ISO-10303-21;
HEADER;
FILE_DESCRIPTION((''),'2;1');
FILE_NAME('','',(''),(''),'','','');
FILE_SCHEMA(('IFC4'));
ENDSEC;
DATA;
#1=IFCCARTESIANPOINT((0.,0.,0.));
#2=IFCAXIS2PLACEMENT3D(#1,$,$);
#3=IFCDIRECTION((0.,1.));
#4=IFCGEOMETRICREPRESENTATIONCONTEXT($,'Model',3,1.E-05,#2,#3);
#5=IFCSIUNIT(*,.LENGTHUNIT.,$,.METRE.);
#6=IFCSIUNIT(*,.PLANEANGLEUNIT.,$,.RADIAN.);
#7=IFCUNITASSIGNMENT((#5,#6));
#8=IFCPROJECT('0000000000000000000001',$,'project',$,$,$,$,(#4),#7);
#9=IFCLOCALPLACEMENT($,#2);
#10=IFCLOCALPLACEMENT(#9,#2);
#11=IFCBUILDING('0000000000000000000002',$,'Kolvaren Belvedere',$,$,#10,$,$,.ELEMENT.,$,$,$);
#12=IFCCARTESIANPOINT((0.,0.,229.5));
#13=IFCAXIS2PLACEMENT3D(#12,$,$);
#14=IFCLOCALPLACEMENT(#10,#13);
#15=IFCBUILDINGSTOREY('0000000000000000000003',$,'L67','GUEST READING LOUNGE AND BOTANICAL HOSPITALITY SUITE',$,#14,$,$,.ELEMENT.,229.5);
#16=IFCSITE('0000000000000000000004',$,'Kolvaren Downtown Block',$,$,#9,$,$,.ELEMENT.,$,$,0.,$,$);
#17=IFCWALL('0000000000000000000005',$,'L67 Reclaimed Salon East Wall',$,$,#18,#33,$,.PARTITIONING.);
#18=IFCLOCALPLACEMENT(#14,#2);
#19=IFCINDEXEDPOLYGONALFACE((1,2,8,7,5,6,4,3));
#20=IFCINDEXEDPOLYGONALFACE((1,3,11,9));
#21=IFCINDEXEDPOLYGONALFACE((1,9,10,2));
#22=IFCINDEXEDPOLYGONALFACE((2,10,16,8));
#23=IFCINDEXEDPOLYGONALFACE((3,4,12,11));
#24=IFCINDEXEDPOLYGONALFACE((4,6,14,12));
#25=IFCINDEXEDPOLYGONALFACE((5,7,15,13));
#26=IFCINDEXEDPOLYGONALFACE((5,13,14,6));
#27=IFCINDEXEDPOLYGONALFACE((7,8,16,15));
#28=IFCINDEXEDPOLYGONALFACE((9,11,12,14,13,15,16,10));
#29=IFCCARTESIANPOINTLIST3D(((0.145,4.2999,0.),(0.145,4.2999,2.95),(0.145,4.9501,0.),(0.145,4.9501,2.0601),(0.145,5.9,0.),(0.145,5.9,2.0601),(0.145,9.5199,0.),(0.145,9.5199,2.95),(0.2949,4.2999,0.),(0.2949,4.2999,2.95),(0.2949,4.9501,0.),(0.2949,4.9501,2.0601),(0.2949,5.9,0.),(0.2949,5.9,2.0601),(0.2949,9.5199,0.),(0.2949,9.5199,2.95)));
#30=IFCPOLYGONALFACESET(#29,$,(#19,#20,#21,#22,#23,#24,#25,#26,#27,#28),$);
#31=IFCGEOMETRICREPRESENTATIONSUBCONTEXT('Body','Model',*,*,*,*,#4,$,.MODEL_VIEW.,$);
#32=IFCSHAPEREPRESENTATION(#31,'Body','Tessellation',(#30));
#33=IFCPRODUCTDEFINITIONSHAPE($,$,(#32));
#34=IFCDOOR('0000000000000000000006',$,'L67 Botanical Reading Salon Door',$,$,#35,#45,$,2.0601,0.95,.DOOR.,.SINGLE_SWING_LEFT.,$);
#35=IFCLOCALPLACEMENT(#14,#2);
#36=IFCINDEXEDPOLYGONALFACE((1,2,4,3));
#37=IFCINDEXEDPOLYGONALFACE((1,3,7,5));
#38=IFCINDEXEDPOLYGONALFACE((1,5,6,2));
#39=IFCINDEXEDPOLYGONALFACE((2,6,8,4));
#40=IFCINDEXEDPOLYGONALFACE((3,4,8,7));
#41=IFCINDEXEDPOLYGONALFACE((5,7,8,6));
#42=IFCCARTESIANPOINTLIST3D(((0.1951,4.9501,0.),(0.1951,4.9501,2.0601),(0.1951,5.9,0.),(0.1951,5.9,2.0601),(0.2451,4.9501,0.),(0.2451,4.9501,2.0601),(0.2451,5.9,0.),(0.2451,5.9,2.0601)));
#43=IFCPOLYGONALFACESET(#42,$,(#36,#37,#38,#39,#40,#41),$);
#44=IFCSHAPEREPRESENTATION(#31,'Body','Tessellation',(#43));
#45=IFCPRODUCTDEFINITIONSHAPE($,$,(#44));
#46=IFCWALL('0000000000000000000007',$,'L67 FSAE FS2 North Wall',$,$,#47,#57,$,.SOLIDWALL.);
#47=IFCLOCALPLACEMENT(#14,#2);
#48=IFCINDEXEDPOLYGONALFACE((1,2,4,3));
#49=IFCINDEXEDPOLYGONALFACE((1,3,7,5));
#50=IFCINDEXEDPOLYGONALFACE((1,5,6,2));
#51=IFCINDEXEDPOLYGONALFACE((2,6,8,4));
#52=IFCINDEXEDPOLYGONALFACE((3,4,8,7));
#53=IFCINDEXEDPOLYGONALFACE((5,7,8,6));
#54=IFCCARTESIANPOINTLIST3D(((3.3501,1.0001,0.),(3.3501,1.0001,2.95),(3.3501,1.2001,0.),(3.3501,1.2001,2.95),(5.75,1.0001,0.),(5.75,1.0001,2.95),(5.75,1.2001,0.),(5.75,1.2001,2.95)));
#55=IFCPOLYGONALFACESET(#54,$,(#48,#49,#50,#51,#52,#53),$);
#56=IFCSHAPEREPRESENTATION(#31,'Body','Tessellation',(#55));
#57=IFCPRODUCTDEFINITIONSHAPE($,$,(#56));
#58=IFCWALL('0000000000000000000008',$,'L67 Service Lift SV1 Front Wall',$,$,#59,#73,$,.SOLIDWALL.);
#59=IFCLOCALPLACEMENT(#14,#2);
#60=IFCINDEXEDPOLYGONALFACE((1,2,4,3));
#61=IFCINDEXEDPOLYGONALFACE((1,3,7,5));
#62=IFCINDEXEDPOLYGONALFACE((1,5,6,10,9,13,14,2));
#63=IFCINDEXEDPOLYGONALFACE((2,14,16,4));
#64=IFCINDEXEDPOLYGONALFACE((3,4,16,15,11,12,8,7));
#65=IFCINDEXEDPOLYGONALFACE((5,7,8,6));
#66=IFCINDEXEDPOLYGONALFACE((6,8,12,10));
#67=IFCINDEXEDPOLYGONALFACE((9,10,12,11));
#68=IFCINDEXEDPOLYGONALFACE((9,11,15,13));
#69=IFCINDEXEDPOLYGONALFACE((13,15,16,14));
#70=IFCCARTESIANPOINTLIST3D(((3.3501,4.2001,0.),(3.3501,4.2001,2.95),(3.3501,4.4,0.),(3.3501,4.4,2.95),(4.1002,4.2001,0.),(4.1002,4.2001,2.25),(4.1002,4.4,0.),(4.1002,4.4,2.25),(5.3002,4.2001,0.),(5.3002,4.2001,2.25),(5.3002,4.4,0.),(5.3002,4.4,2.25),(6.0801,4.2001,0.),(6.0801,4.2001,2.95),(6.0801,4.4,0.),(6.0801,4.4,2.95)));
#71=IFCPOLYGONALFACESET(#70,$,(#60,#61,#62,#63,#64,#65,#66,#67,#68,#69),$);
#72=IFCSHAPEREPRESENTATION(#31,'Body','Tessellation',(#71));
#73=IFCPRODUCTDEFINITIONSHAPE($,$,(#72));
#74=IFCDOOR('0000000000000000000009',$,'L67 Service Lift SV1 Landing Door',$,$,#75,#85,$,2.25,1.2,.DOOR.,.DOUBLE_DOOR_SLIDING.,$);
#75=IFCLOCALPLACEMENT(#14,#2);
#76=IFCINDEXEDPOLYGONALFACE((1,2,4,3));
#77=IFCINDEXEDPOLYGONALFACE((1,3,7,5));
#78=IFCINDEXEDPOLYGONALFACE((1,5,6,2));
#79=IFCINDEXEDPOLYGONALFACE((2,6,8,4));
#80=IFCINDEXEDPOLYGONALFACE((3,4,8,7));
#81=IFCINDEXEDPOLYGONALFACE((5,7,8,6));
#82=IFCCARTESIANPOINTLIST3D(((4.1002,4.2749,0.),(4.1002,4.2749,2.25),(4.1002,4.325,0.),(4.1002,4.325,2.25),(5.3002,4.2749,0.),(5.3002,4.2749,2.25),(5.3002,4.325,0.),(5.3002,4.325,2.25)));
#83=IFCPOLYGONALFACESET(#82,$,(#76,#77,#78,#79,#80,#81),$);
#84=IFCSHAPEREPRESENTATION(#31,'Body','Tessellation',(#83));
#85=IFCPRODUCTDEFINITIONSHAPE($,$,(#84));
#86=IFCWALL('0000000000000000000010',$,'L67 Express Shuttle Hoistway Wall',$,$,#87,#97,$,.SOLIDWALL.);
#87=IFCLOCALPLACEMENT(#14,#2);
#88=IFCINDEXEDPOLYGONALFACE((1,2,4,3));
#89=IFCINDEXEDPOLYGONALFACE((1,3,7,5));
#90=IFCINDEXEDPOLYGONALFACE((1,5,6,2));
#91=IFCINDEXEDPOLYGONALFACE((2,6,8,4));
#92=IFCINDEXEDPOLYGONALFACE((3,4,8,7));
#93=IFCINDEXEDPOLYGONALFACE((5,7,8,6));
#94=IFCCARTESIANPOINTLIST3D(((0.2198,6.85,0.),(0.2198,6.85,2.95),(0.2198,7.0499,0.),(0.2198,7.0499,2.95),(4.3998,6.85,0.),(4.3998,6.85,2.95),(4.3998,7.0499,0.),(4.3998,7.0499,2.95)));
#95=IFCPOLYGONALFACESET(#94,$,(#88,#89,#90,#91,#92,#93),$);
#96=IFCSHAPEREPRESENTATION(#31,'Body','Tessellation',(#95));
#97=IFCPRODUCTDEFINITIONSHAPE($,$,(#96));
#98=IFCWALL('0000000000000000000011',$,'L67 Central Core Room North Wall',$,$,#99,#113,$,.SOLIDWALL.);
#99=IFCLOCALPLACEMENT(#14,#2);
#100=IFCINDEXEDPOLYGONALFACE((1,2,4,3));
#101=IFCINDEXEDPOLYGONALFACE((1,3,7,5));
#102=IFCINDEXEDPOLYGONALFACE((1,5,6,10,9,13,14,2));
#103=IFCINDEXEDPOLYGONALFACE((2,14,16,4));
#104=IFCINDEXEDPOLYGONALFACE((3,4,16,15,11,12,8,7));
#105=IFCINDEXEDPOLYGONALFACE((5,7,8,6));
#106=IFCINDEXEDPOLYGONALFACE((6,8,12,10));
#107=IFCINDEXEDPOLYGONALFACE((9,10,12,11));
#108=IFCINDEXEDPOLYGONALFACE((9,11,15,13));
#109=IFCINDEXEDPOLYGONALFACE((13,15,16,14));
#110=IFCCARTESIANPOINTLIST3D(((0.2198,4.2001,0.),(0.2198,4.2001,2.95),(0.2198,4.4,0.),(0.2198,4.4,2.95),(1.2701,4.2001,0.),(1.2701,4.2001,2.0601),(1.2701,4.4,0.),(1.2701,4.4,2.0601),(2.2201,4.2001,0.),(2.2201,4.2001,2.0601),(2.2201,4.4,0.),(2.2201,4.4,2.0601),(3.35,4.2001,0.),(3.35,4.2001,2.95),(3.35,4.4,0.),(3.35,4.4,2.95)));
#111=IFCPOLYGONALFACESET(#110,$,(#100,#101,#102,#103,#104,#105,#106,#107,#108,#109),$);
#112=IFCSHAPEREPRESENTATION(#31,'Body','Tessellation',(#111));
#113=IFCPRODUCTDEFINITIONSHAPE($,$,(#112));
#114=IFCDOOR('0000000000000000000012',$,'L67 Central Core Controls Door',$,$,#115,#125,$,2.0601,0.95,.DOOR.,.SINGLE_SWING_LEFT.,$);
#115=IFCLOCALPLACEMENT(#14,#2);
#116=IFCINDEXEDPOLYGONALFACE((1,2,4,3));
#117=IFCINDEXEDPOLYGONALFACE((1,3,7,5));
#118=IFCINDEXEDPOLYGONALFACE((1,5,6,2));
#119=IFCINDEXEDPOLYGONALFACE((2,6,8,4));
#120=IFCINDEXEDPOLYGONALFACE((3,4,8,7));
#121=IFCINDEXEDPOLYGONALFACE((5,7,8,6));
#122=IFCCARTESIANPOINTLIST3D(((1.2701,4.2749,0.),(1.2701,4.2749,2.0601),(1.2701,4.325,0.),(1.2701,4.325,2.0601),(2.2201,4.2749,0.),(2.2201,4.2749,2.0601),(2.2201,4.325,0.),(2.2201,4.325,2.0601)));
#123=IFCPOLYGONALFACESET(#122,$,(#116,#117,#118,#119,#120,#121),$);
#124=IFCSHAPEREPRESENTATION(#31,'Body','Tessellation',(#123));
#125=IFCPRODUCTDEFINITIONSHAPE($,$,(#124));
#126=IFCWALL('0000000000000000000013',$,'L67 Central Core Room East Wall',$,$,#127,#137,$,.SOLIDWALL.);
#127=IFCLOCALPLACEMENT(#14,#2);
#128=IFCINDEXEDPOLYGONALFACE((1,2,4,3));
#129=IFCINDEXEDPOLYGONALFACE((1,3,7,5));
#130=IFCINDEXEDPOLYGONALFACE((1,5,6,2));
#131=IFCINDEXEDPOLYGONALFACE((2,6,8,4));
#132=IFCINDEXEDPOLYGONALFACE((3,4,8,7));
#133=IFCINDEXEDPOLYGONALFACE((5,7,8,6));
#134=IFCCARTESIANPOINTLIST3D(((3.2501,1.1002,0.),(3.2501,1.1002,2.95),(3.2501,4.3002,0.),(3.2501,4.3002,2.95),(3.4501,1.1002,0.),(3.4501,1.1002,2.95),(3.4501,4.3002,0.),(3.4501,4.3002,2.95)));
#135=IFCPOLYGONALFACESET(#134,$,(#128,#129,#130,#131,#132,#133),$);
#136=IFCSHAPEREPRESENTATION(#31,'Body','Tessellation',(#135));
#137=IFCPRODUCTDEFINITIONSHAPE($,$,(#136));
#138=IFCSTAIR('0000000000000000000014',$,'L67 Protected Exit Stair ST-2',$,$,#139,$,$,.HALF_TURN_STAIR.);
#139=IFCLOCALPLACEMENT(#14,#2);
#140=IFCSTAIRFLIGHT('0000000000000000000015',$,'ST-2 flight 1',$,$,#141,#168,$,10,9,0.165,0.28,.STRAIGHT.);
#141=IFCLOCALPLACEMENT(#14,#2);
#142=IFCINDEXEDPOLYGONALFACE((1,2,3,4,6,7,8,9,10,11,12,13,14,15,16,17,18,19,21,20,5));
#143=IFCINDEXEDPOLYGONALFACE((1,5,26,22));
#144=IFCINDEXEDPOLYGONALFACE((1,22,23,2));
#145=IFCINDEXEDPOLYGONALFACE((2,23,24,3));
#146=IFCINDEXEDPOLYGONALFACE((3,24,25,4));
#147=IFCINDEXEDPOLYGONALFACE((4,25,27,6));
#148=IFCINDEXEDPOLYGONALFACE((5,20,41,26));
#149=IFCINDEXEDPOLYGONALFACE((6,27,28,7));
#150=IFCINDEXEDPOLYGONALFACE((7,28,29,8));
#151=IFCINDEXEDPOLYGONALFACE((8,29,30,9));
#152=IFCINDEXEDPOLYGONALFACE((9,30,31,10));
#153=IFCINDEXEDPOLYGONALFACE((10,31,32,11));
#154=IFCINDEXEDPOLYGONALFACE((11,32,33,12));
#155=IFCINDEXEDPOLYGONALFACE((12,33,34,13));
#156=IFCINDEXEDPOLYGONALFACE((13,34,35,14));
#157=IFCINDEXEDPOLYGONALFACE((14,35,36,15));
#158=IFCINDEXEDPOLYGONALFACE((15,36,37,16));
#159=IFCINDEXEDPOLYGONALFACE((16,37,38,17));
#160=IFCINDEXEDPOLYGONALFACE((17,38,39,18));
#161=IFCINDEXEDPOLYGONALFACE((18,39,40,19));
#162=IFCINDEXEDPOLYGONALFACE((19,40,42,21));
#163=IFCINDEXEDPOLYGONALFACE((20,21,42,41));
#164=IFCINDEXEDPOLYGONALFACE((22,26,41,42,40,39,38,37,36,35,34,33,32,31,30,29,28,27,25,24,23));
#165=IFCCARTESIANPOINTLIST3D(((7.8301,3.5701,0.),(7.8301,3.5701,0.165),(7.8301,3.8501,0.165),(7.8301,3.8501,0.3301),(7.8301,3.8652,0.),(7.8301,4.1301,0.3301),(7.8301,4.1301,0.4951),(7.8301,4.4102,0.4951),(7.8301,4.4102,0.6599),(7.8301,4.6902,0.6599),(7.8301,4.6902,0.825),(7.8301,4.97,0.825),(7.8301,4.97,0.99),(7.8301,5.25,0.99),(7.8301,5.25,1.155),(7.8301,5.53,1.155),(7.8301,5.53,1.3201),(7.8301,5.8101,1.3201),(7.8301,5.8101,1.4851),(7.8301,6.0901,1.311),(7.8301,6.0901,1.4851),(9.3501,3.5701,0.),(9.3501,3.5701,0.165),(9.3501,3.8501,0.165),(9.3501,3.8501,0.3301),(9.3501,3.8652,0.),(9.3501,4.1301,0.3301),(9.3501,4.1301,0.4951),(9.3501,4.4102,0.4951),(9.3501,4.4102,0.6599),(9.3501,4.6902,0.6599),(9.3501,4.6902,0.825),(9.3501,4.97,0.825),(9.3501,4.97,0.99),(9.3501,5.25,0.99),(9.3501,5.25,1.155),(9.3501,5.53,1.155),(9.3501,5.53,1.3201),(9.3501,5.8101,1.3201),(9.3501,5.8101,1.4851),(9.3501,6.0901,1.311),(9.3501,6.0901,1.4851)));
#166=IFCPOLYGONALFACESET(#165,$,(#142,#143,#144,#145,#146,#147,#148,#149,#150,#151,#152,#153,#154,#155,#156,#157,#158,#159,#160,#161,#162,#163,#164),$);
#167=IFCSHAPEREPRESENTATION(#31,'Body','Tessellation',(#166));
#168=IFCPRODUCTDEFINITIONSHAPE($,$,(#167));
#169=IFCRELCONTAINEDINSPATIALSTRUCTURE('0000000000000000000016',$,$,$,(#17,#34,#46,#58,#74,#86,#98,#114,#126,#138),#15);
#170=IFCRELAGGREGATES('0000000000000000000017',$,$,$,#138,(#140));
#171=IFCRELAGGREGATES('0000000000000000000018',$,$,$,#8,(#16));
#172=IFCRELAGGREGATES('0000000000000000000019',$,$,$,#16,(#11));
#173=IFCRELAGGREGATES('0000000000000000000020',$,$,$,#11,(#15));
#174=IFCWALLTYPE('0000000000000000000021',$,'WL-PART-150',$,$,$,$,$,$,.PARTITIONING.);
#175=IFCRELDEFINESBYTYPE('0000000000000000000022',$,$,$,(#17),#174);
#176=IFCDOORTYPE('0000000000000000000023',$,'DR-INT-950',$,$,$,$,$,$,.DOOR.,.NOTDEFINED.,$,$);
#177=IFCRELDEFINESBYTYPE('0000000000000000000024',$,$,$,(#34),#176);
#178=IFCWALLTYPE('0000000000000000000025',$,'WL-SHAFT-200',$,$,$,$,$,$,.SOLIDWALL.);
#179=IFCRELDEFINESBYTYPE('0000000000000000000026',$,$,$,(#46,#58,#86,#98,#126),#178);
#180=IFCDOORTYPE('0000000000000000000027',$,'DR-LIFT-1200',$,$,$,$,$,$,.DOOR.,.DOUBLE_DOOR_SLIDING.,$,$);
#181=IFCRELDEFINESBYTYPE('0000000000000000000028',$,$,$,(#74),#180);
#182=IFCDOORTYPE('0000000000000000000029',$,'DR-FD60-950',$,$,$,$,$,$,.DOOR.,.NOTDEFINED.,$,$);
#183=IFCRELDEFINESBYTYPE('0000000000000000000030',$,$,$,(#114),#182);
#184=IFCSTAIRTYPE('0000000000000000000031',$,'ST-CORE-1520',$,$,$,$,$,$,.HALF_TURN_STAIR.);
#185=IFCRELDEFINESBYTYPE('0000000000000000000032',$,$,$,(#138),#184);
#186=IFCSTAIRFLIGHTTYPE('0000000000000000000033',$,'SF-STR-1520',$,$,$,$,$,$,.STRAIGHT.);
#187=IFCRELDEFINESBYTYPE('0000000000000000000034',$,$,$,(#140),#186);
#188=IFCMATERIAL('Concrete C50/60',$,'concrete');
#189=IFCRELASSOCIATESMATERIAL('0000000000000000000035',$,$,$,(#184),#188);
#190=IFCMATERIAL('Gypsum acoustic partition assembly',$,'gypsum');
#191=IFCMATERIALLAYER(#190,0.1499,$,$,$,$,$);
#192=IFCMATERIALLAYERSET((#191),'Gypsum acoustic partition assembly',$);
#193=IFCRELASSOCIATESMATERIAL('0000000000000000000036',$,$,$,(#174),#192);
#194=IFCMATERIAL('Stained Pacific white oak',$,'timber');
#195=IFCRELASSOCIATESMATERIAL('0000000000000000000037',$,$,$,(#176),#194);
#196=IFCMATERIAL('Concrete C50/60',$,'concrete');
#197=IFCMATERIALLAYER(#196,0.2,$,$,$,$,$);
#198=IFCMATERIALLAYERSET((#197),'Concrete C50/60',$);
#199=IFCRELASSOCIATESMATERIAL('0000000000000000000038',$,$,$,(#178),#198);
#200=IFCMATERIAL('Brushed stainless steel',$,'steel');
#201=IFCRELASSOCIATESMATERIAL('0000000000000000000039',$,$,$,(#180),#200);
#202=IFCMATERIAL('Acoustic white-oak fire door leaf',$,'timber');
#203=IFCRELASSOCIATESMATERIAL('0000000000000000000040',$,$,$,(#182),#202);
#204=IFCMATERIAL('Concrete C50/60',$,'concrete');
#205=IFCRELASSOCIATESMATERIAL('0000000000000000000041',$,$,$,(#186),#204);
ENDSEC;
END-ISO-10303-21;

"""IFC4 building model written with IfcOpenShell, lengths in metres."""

from ifc_helpers import new_model, si_unit, direction, frame, frame_2d, origin, place, context, subcontext, project, spatial, polyline, rectangle, outline, extrude, material, layer, layer_set, type_object, element, fill, aggregate, save


model = new_model("IFC4")

# Units and contexts
model_context = context("Model", 3, precision=1e-05, world=origin(), true_north=direction((0.0, 1.0)))
body_context = subcontext(model_context, "Body", "Model", "MODEL_VIEW")
ifc_project = project(units=[si_unit("LENGTHUNIT", "METRE"), si_unit("PLANEANGLEUNIT", "RADIAN")], contexts=[model_context])

# Site, building, storey
site_placement = place(None, origin())
site = spatial("IfcSite", under=ifc_project, at=site_placement, Name="Kolvaren Downtown Block", CompositionType="ELEMENT", RefElevation=0.0)
building_placement = place(site_placement, origin())
building = spatial("IfcBuilding", under=site, at=building_placement, Name="Kolvaren Belvedere", CompositionType="ELEMENT")
storey_placement = place(building_placement, frame((0.0, 0.0, 229.5)))
storey = spatial("IfcBuildingStorey", under=building, at=storey_placement, Name="L67", Description="GUEST READING LOUNGE AND BOTANICAL HOSPITALITY SUITE", CompositionType="ELEMENT", Elevation=229.5)

# Shared definitions
ifc_material_1 = material(Name="Concrete C50/60", Category="concrete")
stair_type = type_object("IfcStairType", Name="ST-CORE-1520", PredefinedType="HALF_TURN_STAIR", material=ifc_material_1)

# Wall, opening, door
ifc_material_2 = material(Name="Gypsum acoustic partition assembly", Category="gypsum")
ifc_layer_1 = layer(ifc_material_2, 0.1499)
ifc_layer_set_1 = layer_set([ifc_layer_1], Name="Gypsum acoustic partition assembly")
wall_type_1 = type_object("IfcWallType", Name="WL-PART-150", PredefinedType="PARTITIONING", material=ifc_layer_set_1)
wall_1_placement = place(storey_placement, frame((0.22, 4.3, 0.0), z_axis=(0.0, 0.0, 1.0), x_axis=(0.0, 1.0, 0.0)))
wall_1 = element("IfcWall", 1, at=wall_1_placement, inside=storey, type_object=wall_type_1, Name="L67 Reclaimed Salon East Wall", PredefinedType="PARTITIONING", context=body_context, shape_type="SweptSolid", body=[
    extrude(rectangle(XDim=5.22, YDim=0.1499, at=frame_2d((2.6099, 0.0))), origin(), (0.0, 0.0, 1.0), 2.95),
])
opening_1_placement = place(wall_1_placement, frame((0.6499, 0.0, 0.0)))
opening_1 = element("IfcOpeningElement", 2, at=opening_1_placement, cuts=wall_1, PredefinedType="OPENING", context=body_context, shape_type="SweptSolid", body=[
    extrude(rectangle(XDim=0.95, YDim=2.0601, at=frame_2d((0.4751, 1.03))), frame((0.0, 0.085, 0.0), z_axis=(0.0, -1.0, 0.0), x_axis=(1.0, 0.0, 0.0)), (0.0, 0.0, 1.0), 0.1699),
])
ifc_material_3 = material(Name="Stained Pacific white oak", Category="timber")
door_type_1 = type_object("IfcDoorType", Name="DR-INT-950", OperationType="NOTDEFINED", PredefinedType="DOOR", material=ifc_material_3)
door_1_placement = place(opening_1_placement, origin())
door_1 = element("IfcDoor", 3, at=door_1_placement, inside=storey, type_object=door_type_1, Name="L67 Botanical Reading Salon Door", OperationType="SINGLE_SWING_LEFT", OverallHeight=2.0601, OverallWidth=0.95, PredefinedType="DOOR", context=body_context, shape_type="SweptSolid", body=[
    extrude(rectangle(XDim=0.95, YDim=2.0601, at=frame_2d((0.4751, 1.03))), frame((0.0, 0.0249, 0.0), z_axis=(0.0, -1.0, 0.0), x_axis=(1.0, 0.0, 0.0)), (0.0, 0.0, 1.0), 0.05),
])
fill(opening_1, door_1)

# Wall
ifc_material_4 = material(Name="Concrete C50/60", Category="concrete")
ifc_layer_2 = layer(ifc_material_4, 0.2)
ifc_layer_set_2 = layer_set([ifc_layer_2], Name="Concrete C50/60")
wall_type_2 = type_object("IfcWallType", Name="WL-SHAFT-200", PredefinedType="SOLIDWALL", material=ifc_layer_set_2)
wall_2_placement = place(storey_placement, frame((3.3501, 1.1001, 0.0), z_axis=(0.0, 0.0, 1.0), x_axis=(1.0, 0.0, 0.0)))
element("IfcWall", 4, at=wall_2_placement, inside=storey, type_object=wall_type_2, Name="L67 FSAE FS2 North Wall", PredefinedType="SOLIDWALL", context=body_context, shape_type="SweptSolid", body=[
    extrude(rectangle(XDim=2.3999, YDim=0.2, at=frame_2d((1.2, 0.0))), origin(), (0.0, 0.0, 1.0), 2.95),
])

# Wall, opening, door
wall_3_placement = place(storey_placement, frame((3.3501, 4.3, 0.0), z_axis=(0.0, 0.0, 1.0), x_axis=(1.0, 0.0, 0.0)))
wall_3 = element("IfcWall", 5, at=wall_3_placement, inside=storey, type_object=wall_type_2, Name="L67 Service Lift SV1 Front Wall", PredefinedType="SOLIDWALL", context=body_context, shape_type="SweptSolid", body=[
    extrude(rectangle(XDim=2.73, YDim=0.2, at=frame_2d((1.365, 0.0))), origin(), (0.0, 0.0, 1.0), 2.95),
])
opening_2_placement = place(wall_3_placement, frame((0.75, 0.0, 0.0)))
opening_2 = element("IfcOpeningElement", 6, at=opening_2_placement, cuts=wall_3, PredefinedType="OPENING", context=body_context, shape_type="SweptSolid", body=[
    extrude(rectangle(XDim=1.2, YDim=2.25, at=frame_2d((0.6001, 1.125))), frame((0.0, 0.1099, 0.0), z_axis=(0.0, -1.0, 0.0), x_axis=(1.0, 0.0, 0.0)), (0.0, 0.0, 1.0), 0.22),
])
ifc_material_5 = material(Name="Brushed stainless steel", Category="steel")
door_type_2 = type_object("IfcDoorType", Name="DR-LIFT-1200", OperationType="DOUBLE_DOOR_SLIDING", PredefinedType="DOOR", material=ifc_material_5)
door_2_placement = place(opening_2_placement, origin())
door_2 = element("IfcDoor", 7, at=door_2_placement, inside=storey, type_object=door_type_2, Name="L67 Service Lift SV1 Landing Door", OperationType="DOUBLE_DOOR_SLIDING", OverallHeight=2.25, OverallWidth=1.2, PredefinedType="DOOR", context=body_context, shape_type="SweptSolid", body=[
    extrude(rectangle(XDim=1.2, YDim=2.25, at=frame_2d((0.6001, 1.125))), frame((0.0, 0.0249, 0.0), z_axis=(0.0, -1.0, 0.0), x_axis=(1.0, 0.0, 0.0)), (0.0, 0.0, 1.0), 0.05),
])
fill(opening_2, door_2)

# Wall
wall_4_placement = place(storey_placement, frame((0.22, 6.95, 0.0), z_axis=(0.0, 0.0, 1.0), x_axis=(1.0, 0.0, 0.0)))
element("IfcWall", 8, at=wall_4_placement, inside=storey, type_object=wall_type_2, Name="L67 Express Shuttle Hoistway Wall", PredefinedType="SOLIDWALL", context=body_context, shape_type="SweptSolid", body=[
    extrude(rectangle(XDim=4.1799, YDim=0.2, at=frame_2d((2.0898, 0.0))), origin(), (0.0, 0.0, 1.0), 2.95),
])

# Wall, opening, door
wall_5_placement = place(storey_placement, frame((0.22, 4.3, 0.0), z_axis=(0.0, 0.0, 1.0), x_axis=(1.0, 0.0, 0.0)))
wall_5 = element("IfcWall", 9, at=wall_5_placement, inside=storey, type_object=wall_type_2, Name="L67 Central Core Room North Wall", PredefinedType="SOLIDWALL", context=body_context, shape_type="SweptSolid", body=[
    extrude(rectangle(XDim=3.1301, YDim=0.2, at=frame_2d((1.5649, 0.0))), origin(), (0.0, 0.0, 1.0), 2.95),
])
opening_3_placement = place(wall_5_placement, frame((1.05, 0.0, 0.0)))
opening_3 = element("IfcOpeningElement", 10, at=opening_3_placement, cuts=wall_5, PredefinedType="OPENING", context=body_context, shape_type="SweptSolid", body=[
    extrude(rectangle(XDim=0.95, YDim=2.0601, at=frame_2d((0.4751, 1.03))), frame((0.0, 0.1099, 0.0), z_axis=(0.0, -1.0, 0.0), x_axis=(1.0, 0.0, 0.0)), (0.0, 0.0, 1.0), 0.22),
])
ifc_material_6 = material(Name="Acoustic white-oak fire door leaf", Category="timber")
door_type_3 = type_object("IfcDoorType", Name="DR-FD60-950", OperationType="NOTDEFINED", PredefinedType="DOOR", material=ifc_material_6)
door_3_placement = place(opening_3_placement, origin())
door_3 = element("IfcDoor", 11, at=door_3_placement, inside=storey, type_object=door_type_3, Name="L67 Central Core Controls Door", OperationType="SINGLE_SWING_LEFT", OverallHeight=2.0601, OverallWidth=0.95, PredefinedType="DOOR", context=body_context, shape_type="SweptSolid", body=[
    extrude(rectangle(XDim=0.95, YDim=2.0601, at=frame_2d((0.4751, 1.03))), frame((0.0, 0.0249, 0.0), z_axis=(0.0, -1.0, 0.0), x_axis=(1.0, 0.0, 0.0)), (0.0, 0.0, 1.0), 0.05),
])
fill(opening_3, door_3)

# Wall
wall_6_placement = place(storey_placement, frame((3.3501, 1.1001, 0.0), z_axis=(0.0, 0.0, 1.0), x_axis=(0.0, 1.0, 0.0)))
element("IfcWall", 12, at=wall_6_placement, inside=storey, type_object=wall_type_2, Name="L67 Central Core Room East Wall", PredefinedType="SOLIDWALL", context=body_context, shape_type="SweptSolid", body=[
    extrude(rectangle(XDim=3.2, YDim=0.2, at=frame_2d((1.6001, 0.0))), origin(), (0.0, 0.0, 1.0), 2.95),
])

# Stair, stair flight
stair_1_placement = place(storey_placement, origin())
stair_1 = element("IfcStair", 13, at=stair_1_placement, inside=storey, type_object=stair_type, Name="L67 Protected Exit Stair ST-2", PredefinedType="HALF_TURN_STAIR")
ifc_material_7 = material(Name="Concrete C50/60", Category="concrete")
stair_flight_type = type_object("IfcStairFlightType", Name="SF-STR-1520", PredefinedType="STRAIGHT", material=ifc_material_7)
stair_flight_1_placement = place(storey_placement, frame((8.5901, 3.5701, 0.0), z_axis=(0.0, 0.0, 1.0), x_axis=(0.0, 1.0, 0.0)))
stair_flight_1 = element("IfcStairFlight", 14, at=stair_flight_1_placement, type_object=stair_flight_type, Name="ST-2 flight 1", NumberOfRisers=10, NumberOfTreads=9, PredefinedType="STRAIGHT", RiserHeight=0.165, TreadLength=0.28, context=body_context, shape_type="SweptSolid", body=[
    extrude(outline(polyline([(0.0, 0.0), (0.0, 0.165), (0.28, 0.165), (0.28, 0.3301), (0.5601, 0.3301), (0.5601, 0.4951), (0.8401, 0.4951), (0.8401, 0.6599), (1.1201, 0.6599), (1.1201, 0.825), (1.3999, 0.825), (1.3999, 0.99), (1.6799, 0.99), (1.6799, 1.155), (1.96, 1.155), (1.96, 1.3201), (2.24, 1.3201), (2.24, 1.4851), (2.52, 1.4851), (2.52, 1.6499), (2.52, 1.311), (0.2952, 0.0), (0.0, 0.0)])), frame((0.0, 0.76, 0.0), z_axis=(0.0, -1.0, 0.0), x_axis=(1.0, 0.0, 0.0)), (0.0, 0.0, 1.0), 1.52),
])
aggregate(stair_1, [stair_flight_1])

save(model, "model.ifc")
